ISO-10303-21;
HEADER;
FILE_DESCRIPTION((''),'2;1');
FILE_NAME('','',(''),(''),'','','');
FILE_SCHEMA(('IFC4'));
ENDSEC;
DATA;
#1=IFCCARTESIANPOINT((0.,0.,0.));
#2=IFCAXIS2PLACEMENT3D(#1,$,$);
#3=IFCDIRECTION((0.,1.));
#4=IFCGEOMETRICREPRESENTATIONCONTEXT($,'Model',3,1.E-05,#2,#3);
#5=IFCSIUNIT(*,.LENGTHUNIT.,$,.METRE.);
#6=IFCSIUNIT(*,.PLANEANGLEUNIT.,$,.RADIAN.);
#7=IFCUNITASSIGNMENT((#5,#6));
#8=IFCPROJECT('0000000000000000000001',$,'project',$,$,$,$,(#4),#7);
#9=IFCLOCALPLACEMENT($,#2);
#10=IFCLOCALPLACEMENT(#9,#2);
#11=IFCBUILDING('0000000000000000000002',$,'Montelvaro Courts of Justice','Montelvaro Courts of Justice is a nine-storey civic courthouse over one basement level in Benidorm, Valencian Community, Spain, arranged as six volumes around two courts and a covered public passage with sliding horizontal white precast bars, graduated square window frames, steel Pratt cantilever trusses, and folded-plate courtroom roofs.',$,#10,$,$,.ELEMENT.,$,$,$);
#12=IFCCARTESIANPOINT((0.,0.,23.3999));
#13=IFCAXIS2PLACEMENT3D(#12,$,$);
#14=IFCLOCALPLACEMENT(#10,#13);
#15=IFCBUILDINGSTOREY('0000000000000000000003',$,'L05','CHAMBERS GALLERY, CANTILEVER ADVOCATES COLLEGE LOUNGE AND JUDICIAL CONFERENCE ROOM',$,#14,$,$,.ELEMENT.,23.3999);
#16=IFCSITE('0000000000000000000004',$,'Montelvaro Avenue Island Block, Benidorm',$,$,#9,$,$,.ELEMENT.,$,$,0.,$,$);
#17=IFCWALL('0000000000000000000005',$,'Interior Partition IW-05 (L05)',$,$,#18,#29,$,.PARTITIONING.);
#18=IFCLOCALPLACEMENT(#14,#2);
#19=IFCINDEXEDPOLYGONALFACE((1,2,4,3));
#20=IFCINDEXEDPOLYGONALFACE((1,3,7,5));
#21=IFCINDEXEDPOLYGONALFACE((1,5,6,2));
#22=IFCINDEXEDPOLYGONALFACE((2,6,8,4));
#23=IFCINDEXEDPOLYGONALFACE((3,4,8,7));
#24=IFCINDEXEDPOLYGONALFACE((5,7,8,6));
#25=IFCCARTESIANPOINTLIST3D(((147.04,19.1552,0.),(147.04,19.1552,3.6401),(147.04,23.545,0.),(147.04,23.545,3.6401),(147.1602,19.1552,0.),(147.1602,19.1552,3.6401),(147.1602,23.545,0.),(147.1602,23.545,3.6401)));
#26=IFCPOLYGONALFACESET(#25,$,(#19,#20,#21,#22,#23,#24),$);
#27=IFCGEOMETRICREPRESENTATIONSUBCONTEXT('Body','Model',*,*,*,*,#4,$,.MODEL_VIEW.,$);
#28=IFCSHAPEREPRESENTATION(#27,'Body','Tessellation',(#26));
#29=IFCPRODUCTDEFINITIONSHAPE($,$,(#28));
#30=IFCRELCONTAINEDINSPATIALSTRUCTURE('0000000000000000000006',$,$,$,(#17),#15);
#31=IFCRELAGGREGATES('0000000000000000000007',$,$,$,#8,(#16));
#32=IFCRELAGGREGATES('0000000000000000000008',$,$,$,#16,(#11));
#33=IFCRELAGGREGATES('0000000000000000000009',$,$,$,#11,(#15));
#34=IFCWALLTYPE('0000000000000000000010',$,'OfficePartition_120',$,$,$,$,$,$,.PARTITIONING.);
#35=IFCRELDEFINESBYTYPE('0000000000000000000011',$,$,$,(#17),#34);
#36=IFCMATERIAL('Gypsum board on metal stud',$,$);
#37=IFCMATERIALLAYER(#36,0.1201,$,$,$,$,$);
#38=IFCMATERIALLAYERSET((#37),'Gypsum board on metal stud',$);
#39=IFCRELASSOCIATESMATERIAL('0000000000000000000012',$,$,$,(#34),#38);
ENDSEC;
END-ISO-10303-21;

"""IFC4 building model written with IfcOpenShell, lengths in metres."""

from ifc_helpers import new_model, si_unit, direction, frame, frame_2d, origin, place, context, subcontext, project, spatial, rectangle, extrude, material, layer, layer_set, type_object, element, save


model = new_model("IFC4")

# Units and contexts
model_context = context("Model", 3, precision=1e-05, world=origin(), true_north=direction((0.0, 1.0)))
body_context = subcontext(model_context, "Body", "Model", "MODEL_VIEW")
ifc_project = project(units=[si_unit("LENGTHUNIT", "METRE"), si_unit("PLANEANGLEUNIT", "RADIAN")], contexts=[model_context])

# Site, building, storey
site_placement = place(None, origin())
site = spatial("IfcSite", under=ifc_project, at=site_placement, Name="Montelvaro Avenue Island Block, Benidorm", CompositionType="ELEMENT", RefElevation=0.0)
building_placement = place(site_placement, origin())
building = spatial("IfcBuilding", under=site, at=building_placement, Name="Montelvaro Courts of Justice", Description="Montelvaro Courts of Justice is a nine-storey civic courthouse over one basement level in Benidorm, Valencian Community, Spain, arranged as six volumes around two courts and a covered public passage with sliding horizontal white precast bars, graduated square window frames, steel Pratt cantilever trusses, and folded-plate courtroom roofs.", CompositionType="ELEMENT")
storey_placement = place(building_placement, frame((0.0, 0.0, 23.3999)))
storey = spatial("IfcBuildingStorey", under=building, at=storey_placement, Name="L05", Description="CHAMBERS GALLERY, CANTILEVER ADVOCATES COLLEGE LOUNGE AND JUDICIAL CONFERENCE ROOM", CompositionType="ELEMENT", Elevation=23.3999)

# Shared definitions
ifc_material_1 = material(Name="Gypsum board on metal stud")

# Shared definitions
ifc_layer_1 = layer(ifc_material_1, 0.1201)
ifc_layer_set_1 = layer_set([ifc_layer_1], Name="Gypsum board on metal stud")
wall_type_1 = type_object("IfcWallType", Name="OfficePartition_120", PredefinedType="PARTITIONING", material=ifc_layer_set_1)

# Wall
wall_1_placement = place(storey_placement, frame((147.1001, 23.5449, 0.0), z_axis=(0.0, 0.0, 1.0), x_axis=(0.0, -1.0, 0.0)))
element("IfcWall", 1, at=wall_1_placement, inside=storey, type_object=wall_type_1, Name="Interior Partition IW-05 (L05)", PredefinedType="PARTITIONING", context=body_context, shape_type="SweptSolid", body=[
    extrude(rectangle(XDim=4.3899, YDim=0.1201, at=frame_2d((2.1948, 0.0))), origin(), (0.0, 0.0, 1.0), 3.6401),
])

save(model, "model.ifc")
